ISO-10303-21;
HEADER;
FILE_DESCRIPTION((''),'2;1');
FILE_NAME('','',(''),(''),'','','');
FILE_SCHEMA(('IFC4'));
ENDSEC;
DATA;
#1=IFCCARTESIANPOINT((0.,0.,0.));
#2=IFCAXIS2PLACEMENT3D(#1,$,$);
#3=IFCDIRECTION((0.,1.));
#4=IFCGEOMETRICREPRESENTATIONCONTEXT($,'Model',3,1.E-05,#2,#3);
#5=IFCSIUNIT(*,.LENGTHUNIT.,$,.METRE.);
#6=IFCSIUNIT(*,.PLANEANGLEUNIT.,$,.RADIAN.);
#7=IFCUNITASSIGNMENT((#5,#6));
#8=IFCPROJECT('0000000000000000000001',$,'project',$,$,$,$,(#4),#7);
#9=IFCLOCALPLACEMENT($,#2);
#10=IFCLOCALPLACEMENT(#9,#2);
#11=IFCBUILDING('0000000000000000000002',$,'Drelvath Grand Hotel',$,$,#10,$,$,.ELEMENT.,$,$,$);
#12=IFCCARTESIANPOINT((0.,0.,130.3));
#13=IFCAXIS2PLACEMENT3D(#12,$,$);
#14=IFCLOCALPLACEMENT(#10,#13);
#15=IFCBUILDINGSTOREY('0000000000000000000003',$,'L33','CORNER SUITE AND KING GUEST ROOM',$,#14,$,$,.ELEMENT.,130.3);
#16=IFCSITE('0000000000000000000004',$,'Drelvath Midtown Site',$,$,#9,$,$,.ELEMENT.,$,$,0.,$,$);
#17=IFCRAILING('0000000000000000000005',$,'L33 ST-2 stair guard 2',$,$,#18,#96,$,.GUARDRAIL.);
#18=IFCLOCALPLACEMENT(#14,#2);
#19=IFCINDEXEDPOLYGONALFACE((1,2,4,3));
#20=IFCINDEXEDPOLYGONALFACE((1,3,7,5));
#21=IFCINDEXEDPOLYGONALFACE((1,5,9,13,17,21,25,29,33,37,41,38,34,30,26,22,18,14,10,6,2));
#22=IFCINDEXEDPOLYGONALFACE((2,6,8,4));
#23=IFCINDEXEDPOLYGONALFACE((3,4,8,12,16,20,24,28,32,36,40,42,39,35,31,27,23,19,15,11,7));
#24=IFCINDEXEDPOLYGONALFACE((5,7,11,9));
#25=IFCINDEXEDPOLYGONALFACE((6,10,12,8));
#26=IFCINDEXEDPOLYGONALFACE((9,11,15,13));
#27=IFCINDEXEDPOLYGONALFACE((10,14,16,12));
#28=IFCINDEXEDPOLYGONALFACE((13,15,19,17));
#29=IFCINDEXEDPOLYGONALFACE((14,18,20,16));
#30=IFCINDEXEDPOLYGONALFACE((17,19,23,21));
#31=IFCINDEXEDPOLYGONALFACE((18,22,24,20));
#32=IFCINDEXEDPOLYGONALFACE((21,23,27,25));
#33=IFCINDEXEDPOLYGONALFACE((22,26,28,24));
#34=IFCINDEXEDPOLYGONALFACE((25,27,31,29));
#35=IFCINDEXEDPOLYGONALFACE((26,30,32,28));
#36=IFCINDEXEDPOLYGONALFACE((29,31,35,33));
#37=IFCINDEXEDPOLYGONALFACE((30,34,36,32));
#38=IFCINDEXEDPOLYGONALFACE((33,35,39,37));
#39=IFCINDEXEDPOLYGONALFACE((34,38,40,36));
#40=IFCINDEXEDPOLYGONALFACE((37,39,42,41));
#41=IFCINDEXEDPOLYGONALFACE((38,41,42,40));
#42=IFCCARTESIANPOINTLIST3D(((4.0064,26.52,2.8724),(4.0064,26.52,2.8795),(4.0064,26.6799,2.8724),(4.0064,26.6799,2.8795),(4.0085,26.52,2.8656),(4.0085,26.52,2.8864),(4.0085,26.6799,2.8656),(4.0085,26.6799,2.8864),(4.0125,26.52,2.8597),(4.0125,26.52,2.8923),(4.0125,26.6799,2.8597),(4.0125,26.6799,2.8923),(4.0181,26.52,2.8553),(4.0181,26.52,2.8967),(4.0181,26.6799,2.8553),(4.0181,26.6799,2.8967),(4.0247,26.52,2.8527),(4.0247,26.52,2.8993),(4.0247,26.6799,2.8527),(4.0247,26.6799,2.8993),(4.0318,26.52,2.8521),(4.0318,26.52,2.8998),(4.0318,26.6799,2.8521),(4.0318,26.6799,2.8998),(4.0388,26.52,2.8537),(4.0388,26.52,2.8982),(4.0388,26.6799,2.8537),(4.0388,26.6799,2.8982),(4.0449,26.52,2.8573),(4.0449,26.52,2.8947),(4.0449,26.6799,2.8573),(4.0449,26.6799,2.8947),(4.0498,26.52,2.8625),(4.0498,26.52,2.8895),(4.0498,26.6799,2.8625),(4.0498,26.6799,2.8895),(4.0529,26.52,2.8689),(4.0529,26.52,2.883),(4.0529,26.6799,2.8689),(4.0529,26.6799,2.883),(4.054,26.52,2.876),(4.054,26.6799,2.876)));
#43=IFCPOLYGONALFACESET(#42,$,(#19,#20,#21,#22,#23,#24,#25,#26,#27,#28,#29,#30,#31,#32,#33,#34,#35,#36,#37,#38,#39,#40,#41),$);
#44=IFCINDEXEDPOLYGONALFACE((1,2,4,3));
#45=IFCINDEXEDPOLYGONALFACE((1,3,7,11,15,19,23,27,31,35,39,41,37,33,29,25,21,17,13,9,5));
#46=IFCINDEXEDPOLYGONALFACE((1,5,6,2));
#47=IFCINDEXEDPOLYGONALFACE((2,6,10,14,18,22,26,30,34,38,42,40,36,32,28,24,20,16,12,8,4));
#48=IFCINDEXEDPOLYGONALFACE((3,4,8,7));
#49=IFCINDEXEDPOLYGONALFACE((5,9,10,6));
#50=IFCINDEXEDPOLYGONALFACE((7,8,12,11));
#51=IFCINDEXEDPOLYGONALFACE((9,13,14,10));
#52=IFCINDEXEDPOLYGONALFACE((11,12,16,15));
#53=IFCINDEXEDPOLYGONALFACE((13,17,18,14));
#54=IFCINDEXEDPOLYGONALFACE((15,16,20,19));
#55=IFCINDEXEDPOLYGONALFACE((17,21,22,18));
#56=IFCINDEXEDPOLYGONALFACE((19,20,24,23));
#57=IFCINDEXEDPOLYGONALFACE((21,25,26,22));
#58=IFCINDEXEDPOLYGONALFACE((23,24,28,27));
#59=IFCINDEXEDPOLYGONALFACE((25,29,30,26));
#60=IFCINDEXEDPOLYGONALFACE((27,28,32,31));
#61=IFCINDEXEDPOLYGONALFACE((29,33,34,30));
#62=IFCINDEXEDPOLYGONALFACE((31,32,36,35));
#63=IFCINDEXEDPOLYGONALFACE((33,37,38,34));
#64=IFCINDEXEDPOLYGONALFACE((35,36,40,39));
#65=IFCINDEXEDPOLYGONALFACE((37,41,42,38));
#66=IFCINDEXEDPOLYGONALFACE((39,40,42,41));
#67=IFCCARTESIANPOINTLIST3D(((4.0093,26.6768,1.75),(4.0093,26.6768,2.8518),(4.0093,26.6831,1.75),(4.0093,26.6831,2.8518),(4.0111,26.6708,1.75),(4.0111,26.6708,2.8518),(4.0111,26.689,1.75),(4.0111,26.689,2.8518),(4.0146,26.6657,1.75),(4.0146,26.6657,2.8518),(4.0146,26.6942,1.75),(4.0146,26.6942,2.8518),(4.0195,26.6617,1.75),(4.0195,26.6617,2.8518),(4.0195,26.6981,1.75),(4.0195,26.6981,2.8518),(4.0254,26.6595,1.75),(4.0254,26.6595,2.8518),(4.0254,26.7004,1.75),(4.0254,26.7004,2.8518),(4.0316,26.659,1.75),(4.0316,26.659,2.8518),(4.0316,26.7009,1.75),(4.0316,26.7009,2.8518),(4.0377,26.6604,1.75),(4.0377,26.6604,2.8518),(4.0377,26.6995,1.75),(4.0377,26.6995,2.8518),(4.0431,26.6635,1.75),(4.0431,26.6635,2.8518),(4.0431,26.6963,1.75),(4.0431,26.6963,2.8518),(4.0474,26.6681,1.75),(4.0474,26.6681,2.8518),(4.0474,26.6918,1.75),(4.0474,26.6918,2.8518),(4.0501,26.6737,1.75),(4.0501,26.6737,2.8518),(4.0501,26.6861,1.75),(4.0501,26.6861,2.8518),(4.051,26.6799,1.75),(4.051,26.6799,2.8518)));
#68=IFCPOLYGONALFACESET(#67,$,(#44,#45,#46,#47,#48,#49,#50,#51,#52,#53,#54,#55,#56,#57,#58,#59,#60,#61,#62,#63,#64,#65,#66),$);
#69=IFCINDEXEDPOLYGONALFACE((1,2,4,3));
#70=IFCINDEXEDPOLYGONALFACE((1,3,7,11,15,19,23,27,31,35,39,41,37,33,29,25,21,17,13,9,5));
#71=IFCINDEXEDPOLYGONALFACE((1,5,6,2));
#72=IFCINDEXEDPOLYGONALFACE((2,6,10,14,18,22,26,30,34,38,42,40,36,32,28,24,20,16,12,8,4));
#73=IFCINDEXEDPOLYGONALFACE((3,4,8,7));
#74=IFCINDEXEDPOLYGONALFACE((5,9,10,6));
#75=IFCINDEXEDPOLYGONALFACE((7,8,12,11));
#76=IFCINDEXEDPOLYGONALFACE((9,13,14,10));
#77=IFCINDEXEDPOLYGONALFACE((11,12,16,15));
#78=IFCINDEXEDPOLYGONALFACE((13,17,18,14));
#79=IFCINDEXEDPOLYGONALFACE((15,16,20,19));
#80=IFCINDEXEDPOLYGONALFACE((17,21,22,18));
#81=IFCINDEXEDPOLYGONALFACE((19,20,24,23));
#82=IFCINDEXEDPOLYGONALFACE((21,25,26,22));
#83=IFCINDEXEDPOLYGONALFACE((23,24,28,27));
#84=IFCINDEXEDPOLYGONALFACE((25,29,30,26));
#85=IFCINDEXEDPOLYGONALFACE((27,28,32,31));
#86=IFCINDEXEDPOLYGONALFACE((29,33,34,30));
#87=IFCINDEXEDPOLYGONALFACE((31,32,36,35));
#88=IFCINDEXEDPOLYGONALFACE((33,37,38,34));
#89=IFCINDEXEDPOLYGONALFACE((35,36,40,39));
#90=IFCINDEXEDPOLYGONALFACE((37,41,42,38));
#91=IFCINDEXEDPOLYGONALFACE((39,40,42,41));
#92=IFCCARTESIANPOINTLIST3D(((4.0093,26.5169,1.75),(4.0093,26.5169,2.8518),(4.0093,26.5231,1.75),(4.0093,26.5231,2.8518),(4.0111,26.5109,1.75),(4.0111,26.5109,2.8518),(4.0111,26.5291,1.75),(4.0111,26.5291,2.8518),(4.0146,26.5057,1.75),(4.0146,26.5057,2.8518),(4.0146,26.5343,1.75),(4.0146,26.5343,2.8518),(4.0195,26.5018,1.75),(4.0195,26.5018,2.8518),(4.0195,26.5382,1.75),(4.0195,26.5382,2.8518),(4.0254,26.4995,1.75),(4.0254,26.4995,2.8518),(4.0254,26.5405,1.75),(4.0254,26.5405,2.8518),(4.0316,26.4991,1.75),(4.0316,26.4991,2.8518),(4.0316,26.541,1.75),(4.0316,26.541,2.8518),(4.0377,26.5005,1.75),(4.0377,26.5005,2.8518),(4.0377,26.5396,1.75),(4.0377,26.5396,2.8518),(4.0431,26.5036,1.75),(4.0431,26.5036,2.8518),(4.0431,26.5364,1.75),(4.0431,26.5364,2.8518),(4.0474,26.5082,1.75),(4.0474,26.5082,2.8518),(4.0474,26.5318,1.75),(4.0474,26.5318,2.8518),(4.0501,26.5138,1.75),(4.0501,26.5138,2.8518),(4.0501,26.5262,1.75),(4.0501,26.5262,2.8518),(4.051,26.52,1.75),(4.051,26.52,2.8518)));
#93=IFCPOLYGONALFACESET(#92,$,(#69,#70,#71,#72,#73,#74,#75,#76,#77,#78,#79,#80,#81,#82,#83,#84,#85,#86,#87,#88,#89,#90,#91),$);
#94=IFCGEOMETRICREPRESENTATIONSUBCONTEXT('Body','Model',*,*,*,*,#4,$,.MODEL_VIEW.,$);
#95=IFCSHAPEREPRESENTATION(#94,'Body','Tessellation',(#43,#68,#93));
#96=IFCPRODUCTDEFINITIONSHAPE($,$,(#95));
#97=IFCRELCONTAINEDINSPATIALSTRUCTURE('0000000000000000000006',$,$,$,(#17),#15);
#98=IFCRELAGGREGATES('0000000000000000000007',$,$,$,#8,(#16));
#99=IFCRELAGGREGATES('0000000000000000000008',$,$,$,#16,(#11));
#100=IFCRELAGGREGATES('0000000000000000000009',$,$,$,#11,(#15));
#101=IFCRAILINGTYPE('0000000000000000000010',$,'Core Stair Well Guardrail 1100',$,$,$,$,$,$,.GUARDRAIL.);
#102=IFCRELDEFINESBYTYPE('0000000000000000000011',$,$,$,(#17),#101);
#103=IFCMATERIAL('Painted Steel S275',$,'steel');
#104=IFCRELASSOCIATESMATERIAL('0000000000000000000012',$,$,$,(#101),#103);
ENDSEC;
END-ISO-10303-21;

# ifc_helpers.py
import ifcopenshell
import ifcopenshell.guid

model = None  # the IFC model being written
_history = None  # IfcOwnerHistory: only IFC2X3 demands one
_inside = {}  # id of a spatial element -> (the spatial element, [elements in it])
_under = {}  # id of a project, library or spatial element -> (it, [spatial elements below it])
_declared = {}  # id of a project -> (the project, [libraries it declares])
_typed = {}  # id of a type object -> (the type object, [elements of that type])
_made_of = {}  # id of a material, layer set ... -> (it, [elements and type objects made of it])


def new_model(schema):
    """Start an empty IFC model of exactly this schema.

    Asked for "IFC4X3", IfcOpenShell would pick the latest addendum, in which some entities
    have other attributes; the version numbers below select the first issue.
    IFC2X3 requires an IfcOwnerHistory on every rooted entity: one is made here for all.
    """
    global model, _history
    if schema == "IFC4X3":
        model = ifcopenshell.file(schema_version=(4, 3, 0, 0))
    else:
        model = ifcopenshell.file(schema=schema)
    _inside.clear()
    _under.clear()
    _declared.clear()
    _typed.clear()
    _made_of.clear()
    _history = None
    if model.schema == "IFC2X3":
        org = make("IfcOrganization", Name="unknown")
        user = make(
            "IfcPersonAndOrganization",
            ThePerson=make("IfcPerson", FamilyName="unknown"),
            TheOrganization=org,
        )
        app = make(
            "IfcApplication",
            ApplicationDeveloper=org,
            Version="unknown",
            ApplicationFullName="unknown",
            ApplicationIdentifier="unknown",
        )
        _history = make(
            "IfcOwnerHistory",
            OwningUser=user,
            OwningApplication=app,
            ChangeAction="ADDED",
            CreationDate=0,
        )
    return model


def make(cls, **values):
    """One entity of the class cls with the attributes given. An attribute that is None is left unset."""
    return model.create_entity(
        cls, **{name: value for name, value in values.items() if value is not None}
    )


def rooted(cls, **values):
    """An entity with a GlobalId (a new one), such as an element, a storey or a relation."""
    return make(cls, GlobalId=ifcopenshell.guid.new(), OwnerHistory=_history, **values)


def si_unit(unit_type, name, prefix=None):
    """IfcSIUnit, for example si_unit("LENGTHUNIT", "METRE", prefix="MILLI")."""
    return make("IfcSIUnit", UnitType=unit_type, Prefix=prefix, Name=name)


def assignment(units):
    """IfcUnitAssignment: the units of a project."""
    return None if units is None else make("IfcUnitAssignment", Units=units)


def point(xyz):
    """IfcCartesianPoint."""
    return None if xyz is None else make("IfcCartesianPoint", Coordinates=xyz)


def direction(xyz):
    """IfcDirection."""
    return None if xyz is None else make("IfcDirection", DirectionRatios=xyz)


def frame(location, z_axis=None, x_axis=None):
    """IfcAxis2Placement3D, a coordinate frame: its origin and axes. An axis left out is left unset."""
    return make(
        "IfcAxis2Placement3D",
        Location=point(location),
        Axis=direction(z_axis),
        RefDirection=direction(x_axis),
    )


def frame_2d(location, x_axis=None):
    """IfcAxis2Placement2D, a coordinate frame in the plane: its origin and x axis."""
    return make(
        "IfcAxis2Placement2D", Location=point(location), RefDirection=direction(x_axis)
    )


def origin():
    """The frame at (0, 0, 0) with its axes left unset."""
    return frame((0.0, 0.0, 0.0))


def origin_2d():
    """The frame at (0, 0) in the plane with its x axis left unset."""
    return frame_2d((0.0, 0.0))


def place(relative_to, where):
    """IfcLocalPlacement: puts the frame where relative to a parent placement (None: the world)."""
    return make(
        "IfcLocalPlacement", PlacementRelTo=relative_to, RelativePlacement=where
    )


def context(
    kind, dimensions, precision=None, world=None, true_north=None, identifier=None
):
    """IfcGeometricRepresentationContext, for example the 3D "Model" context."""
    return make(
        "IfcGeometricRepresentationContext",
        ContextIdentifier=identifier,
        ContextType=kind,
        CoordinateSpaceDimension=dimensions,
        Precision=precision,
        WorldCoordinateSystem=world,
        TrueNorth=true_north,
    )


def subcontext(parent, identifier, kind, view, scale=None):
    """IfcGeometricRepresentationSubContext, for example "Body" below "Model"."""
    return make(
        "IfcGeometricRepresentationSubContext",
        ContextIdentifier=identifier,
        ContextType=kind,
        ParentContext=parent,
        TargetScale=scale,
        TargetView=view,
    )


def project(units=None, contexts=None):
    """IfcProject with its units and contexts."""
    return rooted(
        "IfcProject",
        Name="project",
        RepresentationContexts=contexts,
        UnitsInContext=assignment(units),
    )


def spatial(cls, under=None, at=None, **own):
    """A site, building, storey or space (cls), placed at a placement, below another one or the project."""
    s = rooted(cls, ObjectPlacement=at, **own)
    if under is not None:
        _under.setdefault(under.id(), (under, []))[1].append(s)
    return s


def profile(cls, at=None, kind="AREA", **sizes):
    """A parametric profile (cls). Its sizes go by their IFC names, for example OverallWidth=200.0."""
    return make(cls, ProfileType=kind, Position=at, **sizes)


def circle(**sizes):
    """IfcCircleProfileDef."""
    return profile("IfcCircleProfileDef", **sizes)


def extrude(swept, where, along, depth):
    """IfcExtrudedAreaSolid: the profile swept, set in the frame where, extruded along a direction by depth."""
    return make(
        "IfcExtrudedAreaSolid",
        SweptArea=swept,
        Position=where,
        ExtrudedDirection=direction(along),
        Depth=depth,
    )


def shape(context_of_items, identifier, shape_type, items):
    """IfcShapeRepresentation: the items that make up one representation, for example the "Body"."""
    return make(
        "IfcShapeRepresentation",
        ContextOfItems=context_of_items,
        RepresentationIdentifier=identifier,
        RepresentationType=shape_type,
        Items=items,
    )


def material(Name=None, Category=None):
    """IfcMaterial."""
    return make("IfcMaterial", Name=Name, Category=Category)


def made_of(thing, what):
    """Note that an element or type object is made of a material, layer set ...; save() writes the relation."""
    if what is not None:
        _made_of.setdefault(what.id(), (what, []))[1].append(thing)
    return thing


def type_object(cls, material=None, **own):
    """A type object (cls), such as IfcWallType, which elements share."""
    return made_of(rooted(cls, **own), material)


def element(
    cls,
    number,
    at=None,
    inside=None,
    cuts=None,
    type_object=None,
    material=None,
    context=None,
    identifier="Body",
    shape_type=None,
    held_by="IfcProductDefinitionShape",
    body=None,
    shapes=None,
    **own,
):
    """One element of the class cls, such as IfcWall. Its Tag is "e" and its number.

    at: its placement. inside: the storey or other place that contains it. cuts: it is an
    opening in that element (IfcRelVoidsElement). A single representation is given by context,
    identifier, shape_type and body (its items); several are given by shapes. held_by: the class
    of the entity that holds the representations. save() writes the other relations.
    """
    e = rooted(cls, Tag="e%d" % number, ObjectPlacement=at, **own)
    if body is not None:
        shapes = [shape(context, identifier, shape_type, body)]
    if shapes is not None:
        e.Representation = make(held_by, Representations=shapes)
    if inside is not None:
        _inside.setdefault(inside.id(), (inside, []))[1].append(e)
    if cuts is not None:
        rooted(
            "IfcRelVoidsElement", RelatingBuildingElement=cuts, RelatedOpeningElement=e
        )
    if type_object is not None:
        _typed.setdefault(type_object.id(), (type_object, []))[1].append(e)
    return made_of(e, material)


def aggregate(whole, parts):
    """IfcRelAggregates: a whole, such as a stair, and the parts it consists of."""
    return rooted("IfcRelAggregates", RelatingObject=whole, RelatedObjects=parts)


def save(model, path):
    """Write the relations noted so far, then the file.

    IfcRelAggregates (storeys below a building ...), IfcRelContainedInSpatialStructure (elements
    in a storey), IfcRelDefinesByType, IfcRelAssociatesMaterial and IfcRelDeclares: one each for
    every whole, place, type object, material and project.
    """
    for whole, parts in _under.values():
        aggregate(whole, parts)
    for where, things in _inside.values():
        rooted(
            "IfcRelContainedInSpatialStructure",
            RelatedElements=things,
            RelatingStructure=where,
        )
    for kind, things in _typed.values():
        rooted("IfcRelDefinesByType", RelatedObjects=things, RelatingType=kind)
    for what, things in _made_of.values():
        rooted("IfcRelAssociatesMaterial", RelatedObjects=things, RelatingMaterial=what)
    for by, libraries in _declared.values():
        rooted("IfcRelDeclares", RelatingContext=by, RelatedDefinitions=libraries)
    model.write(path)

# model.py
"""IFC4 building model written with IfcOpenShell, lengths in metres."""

from ifc_helpers import new_model, si_unit, direction, frame, origin, origin_2d, place, context, subcontext, project, spatial, circle, extrude, material, type_object, element, save


model = new_model("IFC4")

# Units and contexts
model_context = context("Model", 3, precision=1e-05, world=origin(), true_north=direction((0.0, 1.0)))
body_context = subcontext(model_context, "Body", "Model", "MODEL_VIEW")
ifc_project = project(units=[si_unit("LENGTHUNIT", "METRE"), si_unit("PLANEANGLEUNIT", "RADIAN")], contexts=[model_context])

# Site, building, storey
site_placement = place(None, origin())
site = spatial("IfcSite", under=ifc_project, at=site_placement, Name="Drelvath Midtown Site", CompositionType="ELEMENT", RefElevation=0.0)
building_placement = place(site_placement, origin())
building = spatial("IfcBuilding", under=site, at=building_placement, Name="Drelvath Grand Hotel", CompositionType="ELEMENT")
storey_placement = place(building_placement, frame((0.0, 0.0, 130.3)))
storey = spatial("IfcBuildingStorey", under=building, at=storey_placement, Name="L33", Description="CORNER SUITE AND KING GUEST ROOM", CompositionType="ELEMENT", Elevation=130.3)

# Railing
ifc_material_1 = material(Name="Painted Steel S275", Category="steel")
railing_type_1 = type_object("IfcRailingType", Name="Core Stair Well Guardrail 1100", PredefinedType="GUARDRAIL", material=ifc_material_1)
railing_1_placement = place(storey_placement, frame((4.03, 26.6799, 1.75)))
element("IfcRailing", 1, at=railing_1_placement, inside=storey, type_object=railing_type_1, Name="L33 ST-2 stair guard 2", PredefinedType="GUARDRAIL", context=body_context, shape_type="SweptSolid", body=[
    extrude(circle(Radius=0.0239, at=origin_2d()), frame((0.0, 0.0, 1.126), z_axis=(0.0, -1.0, 0.0), x_axis=(1.0, 0.0, 0.0)), (0.0, 0.0, 1.0), 0.1599),
    extrude(circle(Radius=0.021, at=origin_2d()), origin(), (0.0, 0.0, 1.0), 1.1018),
    extrude(circle(Radius=0.021, at=origin_2d()), frame((0.0, -0.1599, 0.0)), (0.0, 0.0, 1.0), 1.1018),
])

save(model, "model.ifc")
